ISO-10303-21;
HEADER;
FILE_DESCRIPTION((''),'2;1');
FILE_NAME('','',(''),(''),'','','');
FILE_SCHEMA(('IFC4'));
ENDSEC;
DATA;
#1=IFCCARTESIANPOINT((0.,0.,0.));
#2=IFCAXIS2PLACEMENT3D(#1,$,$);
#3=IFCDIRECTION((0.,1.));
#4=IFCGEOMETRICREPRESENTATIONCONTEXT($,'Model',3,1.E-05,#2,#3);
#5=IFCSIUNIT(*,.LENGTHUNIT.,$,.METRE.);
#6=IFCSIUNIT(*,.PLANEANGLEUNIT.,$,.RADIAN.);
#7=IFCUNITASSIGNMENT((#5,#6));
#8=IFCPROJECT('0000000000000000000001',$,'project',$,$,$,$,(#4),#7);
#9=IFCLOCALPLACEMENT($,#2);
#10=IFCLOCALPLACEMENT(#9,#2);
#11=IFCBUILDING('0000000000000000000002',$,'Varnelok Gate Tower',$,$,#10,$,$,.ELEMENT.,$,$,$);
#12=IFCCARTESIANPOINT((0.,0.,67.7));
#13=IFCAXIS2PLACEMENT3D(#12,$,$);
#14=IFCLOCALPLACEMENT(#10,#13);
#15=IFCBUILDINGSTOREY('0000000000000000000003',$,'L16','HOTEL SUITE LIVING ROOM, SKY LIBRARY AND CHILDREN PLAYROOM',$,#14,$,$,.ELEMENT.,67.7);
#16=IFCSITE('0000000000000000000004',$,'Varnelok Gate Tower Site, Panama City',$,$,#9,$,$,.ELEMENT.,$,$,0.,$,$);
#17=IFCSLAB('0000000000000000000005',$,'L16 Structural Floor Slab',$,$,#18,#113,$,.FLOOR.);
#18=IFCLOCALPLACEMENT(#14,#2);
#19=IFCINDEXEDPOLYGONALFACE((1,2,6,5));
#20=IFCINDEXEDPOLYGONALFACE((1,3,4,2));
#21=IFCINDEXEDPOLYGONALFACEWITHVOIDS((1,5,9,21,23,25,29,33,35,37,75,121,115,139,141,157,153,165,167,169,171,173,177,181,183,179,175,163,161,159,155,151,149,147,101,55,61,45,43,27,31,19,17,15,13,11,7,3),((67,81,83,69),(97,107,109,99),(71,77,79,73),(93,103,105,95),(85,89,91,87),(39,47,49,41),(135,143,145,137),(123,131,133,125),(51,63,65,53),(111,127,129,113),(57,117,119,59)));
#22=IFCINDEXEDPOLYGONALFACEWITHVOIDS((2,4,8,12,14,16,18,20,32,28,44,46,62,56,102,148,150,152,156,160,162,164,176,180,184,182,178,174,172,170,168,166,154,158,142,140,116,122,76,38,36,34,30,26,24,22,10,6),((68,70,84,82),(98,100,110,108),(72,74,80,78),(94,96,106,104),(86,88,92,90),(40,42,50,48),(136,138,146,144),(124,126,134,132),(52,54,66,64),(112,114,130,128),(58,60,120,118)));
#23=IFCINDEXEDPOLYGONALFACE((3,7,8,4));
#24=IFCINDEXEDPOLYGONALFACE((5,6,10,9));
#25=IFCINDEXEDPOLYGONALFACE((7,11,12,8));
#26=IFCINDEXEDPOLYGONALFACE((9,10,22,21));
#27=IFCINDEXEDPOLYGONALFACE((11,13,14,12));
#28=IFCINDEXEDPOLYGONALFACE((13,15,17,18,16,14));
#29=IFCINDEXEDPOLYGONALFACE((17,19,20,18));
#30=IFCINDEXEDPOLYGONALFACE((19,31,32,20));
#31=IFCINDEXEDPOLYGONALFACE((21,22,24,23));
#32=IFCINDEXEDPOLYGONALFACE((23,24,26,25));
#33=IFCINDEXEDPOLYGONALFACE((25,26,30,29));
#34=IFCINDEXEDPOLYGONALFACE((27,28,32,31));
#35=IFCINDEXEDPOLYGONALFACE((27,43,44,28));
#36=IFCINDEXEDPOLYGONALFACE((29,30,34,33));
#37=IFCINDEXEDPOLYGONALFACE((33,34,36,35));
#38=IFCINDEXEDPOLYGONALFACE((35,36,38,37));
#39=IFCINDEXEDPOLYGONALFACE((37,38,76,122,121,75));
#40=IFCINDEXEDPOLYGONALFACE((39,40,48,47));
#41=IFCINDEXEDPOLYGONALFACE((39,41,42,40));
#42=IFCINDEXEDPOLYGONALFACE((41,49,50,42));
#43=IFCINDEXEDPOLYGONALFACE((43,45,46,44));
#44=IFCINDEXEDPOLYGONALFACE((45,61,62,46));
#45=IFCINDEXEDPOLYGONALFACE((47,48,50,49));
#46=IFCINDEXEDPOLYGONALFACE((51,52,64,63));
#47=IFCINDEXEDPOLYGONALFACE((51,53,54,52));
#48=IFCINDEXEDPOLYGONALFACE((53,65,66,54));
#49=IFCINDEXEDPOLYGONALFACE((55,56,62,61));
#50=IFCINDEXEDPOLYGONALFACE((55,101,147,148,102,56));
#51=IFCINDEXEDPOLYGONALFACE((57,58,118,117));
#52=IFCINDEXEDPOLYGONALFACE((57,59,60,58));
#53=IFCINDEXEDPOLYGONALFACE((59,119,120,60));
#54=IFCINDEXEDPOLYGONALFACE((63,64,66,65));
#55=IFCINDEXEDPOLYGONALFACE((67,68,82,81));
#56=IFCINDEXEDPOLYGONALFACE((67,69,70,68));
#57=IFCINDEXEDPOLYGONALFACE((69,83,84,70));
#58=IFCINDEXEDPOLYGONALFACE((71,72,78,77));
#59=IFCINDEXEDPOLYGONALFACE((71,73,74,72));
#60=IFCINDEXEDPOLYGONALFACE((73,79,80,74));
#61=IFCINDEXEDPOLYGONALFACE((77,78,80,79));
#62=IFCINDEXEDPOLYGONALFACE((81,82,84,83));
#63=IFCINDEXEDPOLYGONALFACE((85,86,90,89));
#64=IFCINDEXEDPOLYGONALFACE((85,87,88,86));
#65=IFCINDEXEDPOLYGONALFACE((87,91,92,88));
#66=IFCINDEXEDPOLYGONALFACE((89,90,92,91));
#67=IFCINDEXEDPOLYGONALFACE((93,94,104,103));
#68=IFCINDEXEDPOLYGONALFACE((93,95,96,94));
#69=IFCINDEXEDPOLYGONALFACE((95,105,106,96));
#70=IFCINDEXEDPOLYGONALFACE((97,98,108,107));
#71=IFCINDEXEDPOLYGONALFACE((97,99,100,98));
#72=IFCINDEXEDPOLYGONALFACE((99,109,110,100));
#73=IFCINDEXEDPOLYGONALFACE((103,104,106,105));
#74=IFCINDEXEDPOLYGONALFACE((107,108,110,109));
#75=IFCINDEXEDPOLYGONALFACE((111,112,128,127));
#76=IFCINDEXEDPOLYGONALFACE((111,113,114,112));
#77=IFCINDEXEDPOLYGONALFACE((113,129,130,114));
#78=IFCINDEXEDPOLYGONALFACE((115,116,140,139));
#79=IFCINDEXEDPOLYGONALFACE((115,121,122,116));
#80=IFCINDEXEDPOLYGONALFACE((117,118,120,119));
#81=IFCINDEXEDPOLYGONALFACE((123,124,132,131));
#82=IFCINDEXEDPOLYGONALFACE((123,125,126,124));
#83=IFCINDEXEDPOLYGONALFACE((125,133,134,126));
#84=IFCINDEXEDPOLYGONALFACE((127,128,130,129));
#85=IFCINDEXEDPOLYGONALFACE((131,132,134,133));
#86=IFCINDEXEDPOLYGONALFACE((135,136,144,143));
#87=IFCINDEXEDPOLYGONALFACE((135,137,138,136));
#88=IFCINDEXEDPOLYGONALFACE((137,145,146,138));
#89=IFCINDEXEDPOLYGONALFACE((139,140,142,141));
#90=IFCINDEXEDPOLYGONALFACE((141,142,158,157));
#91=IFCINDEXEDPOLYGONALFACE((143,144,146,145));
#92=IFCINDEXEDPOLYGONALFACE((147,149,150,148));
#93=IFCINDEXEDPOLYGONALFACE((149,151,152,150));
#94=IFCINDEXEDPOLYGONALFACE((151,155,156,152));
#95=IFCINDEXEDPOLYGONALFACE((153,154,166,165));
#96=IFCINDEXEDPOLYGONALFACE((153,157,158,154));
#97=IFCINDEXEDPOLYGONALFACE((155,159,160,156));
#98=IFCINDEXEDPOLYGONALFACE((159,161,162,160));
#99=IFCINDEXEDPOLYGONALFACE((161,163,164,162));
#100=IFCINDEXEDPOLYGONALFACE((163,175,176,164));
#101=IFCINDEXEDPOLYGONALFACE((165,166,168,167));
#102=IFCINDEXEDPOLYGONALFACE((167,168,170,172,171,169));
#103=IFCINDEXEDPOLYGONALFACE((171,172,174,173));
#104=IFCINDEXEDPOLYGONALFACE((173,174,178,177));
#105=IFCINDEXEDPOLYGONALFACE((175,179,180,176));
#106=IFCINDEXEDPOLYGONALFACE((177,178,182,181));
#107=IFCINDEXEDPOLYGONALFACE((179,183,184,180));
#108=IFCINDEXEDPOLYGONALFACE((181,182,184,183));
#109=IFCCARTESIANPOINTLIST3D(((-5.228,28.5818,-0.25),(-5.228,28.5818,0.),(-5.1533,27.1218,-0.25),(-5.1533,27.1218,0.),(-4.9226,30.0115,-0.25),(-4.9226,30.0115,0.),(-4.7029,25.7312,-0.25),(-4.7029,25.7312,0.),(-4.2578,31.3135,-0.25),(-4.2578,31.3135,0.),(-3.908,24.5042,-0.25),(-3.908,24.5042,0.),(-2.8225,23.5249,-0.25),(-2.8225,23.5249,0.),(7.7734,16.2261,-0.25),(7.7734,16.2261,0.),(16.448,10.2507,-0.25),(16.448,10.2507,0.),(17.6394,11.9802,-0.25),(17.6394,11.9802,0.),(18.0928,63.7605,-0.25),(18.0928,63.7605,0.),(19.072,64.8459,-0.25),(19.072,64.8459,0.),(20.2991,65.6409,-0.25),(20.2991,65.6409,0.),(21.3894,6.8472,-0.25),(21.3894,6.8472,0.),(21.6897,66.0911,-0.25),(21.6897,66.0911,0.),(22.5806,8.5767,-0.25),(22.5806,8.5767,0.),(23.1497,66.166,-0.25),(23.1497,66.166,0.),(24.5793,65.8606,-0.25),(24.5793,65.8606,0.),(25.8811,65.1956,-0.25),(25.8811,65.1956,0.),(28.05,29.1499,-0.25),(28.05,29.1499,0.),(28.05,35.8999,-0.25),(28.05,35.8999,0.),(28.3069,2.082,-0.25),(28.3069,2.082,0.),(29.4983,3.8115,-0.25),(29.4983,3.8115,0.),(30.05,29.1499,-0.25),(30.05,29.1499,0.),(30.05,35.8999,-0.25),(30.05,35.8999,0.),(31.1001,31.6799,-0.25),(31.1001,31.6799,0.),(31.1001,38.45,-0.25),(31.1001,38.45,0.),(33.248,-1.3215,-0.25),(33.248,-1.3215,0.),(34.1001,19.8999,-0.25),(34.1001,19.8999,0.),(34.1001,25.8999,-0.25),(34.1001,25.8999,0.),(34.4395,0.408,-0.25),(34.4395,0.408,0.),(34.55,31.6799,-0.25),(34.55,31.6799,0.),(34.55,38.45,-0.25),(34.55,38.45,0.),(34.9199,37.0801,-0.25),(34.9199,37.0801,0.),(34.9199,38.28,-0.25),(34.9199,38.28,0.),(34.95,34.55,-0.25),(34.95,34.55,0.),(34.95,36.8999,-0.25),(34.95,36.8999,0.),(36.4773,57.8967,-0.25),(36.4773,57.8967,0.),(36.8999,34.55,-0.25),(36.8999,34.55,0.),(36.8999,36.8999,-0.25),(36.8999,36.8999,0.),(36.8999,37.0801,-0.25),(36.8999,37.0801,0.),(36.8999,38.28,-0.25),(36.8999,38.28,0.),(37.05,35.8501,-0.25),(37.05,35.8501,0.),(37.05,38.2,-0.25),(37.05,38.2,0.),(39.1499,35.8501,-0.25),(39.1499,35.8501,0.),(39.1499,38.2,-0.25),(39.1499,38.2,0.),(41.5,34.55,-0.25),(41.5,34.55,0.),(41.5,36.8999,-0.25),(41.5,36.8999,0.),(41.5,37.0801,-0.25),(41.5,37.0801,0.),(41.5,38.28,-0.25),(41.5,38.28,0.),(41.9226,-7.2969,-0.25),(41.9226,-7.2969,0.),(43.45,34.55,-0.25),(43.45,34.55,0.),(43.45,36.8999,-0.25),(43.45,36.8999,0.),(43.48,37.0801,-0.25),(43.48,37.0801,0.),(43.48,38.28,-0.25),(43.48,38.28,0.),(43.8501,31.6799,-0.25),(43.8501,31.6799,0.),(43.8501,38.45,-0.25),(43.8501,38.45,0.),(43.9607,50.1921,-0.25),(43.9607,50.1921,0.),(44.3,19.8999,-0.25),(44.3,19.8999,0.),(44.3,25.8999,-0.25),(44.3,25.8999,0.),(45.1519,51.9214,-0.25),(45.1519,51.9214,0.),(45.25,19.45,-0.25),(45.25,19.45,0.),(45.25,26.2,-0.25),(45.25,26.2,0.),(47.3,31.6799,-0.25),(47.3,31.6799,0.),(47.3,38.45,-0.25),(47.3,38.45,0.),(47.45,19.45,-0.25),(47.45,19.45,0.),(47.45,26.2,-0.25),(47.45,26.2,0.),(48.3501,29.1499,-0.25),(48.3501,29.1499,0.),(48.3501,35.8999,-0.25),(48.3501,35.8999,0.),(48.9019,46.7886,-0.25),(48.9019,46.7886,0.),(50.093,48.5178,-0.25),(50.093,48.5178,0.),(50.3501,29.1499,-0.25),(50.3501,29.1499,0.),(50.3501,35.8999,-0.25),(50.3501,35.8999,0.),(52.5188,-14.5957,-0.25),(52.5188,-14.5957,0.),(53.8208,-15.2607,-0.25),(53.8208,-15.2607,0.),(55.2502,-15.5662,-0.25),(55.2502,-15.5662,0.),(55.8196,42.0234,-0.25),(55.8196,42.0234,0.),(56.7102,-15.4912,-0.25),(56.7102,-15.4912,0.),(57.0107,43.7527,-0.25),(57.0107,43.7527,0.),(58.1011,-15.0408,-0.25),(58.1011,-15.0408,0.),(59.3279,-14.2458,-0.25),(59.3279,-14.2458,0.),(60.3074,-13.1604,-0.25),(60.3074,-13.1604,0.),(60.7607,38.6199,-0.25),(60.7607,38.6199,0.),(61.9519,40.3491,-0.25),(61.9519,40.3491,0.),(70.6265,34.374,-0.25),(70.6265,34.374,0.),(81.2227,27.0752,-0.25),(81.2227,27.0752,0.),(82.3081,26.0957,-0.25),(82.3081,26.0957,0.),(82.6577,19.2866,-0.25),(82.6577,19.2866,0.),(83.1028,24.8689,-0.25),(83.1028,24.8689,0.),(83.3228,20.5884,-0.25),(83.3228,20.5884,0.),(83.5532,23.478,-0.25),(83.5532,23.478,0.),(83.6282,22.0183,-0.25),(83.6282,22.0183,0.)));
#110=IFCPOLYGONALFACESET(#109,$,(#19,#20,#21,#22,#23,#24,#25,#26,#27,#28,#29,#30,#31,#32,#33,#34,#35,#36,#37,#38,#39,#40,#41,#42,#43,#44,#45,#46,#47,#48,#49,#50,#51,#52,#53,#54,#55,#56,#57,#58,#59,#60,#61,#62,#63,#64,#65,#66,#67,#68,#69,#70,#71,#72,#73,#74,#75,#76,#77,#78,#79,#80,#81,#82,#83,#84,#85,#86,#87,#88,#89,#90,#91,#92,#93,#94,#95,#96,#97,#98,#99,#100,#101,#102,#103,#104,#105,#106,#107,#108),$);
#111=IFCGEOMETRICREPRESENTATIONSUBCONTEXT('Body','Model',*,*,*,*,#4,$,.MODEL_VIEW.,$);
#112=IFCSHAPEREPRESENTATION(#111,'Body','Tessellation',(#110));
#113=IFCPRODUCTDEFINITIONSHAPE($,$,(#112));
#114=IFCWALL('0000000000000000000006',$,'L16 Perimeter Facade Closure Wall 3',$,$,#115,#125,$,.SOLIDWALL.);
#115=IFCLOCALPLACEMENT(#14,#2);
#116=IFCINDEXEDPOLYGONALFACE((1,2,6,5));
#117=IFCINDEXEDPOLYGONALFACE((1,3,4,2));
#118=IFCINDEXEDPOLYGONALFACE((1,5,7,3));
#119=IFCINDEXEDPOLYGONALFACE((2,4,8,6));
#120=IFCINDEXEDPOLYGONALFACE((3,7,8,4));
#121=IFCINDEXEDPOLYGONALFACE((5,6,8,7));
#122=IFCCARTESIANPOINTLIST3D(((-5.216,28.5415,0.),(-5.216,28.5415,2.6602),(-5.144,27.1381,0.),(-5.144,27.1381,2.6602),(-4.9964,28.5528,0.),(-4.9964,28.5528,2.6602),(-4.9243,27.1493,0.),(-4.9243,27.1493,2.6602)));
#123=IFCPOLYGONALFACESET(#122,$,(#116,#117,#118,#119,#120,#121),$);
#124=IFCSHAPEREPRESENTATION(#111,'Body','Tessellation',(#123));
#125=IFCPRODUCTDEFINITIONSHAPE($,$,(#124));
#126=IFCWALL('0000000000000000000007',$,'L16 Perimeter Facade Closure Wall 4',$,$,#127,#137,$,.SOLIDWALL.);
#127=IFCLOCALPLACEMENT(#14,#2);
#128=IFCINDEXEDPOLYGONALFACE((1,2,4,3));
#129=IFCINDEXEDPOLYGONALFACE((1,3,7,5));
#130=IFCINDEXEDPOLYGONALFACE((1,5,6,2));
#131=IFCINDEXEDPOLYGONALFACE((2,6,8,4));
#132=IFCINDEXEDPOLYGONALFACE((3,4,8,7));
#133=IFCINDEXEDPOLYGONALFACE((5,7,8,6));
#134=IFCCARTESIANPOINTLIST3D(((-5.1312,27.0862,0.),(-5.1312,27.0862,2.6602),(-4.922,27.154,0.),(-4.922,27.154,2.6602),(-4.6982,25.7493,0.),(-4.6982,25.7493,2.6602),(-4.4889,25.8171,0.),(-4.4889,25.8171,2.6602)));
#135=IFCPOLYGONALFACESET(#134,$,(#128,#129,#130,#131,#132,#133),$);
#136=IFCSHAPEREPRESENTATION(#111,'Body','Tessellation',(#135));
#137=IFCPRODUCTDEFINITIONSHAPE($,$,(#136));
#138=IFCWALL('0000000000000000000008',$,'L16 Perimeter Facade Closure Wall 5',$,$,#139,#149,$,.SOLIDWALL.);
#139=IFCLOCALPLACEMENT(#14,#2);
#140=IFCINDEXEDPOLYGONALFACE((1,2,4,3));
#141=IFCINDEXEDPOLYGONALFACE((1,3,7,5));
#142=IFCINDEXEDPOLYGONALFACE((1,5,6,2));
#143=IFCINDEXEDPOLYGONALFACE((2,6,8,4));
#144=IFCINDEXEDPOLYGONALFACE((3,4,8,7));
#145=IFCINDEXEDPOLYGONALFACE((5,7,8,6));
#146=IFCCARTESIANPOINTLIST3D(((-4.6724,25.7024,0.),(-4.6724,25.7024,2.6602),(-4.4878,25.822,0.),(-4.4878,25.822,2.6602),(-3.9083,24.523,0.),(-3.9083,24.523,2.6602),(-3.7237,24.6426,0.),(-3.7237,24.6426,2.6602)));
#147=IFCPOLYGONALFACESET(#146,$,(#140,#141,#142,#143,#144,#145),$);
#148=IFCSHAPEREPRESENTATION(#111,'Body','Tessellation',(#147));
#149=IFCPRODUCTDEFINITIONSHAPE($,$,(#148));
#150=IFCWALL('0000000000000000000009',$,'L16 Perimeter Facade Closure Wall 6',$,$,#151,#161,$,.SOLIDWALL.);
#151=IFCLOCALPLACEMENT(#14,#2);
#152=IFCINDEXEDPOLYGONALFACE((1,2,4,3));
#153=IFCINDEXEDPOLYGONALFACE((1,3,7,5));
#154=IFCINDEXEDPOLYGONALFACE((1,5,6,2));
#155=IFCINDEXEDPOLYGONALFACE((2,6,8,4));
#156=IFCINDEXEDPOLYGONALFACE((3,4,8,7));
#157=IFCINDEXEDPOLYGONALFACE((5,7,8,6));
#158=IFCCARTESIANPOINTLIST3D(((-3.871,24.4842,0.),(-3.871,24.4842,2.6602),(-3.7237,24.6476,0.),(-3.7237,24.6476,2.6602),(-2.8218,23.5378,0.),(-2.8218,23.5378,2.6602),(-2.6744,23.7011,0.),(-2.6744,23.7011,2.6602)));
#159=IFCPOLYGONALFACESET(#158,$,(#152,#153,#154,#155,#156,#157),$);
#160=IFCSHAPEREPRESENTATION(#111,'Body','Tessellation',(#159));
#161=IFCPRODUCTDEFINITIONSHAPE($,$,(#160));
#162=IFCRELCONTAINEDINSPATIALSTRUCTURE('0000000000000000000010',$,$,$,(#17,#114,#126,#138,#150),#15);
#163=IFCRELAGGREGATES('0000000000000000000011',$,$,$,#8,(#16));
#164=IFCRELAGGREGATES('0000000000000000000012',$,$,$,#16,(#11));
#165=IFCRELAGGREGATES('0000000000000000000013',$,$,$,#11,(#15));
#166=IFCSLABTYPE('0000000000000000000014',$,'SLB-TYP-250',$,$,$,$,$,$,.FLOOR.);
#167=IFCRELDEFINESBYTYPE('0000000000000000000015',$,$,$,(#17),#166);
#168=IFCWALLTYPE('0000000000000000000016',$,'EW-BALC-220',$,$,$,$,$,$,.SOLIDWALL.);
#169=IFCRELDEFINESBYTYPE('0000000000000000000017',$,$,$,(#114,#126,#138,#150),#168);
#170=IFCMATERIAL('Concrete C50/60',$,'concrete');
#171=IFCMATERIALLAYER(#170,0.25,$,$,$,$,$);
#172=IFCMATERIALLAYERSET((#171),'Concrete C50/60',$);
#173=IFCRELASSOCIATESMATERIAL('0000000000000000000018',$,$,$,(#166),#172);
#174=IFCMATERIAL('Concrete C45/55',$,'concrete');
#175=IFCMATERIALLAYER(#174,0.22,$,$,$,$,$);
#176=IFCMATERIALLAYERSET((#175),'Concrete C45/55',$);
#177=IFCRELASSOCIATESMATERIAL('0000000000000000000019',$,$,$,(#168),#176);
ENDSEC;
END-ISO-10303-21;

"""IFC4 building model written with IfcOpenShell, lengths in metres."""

from ifc_helpers import new_model, si_unit, direction, frame, frame_2d, origin, place, context, subcontext, project, spatial, polyline, rectangle, outline, extrude, material, layer, layer_set, type_object, element, save


model = new_model("IFC4")

# Units and contexts
model_context = context("Model", 3, precision=1e-05, world=origin(), true_north=direction((0.0, 1.0)))
body_context = subcontext(model_context, "Body", "Model", "MODEL_VIEW")
ifc_project = project(units=[si_unit("LENGTHUNIT", "METRE"), si_unit("PLANEANGLEUNIT", "RADIAN")], contexts=[model_context])

# Site, building, storey
site_placement = place(None, origin())
site = spatial("IfcSite", under=ifc_project, at=site_placement, Name="Varnelok Gate Tower Site, Panama City", CompositionType="ELEMENT", RefElevation=0.0)
building_placement = place(site_placement, origin())
building = spatial("IfcBuilding", under=site, at=building_placement, Name="Varnelok Gate Tower", CompositionType="ELEMENT")
storey_placement = place(building_placement, frame((0.0, 0.0, 67.7)))
storey = spatial("IfcBuildingStorey", under=building, at=storey_placement, Name="L16", Description="HOTEL SUITE LIVING ROOM, SKY LIBRARY AND CHILDREN PLAYROOM", CompositionType="ELEMENT", Elevation=67.7)

# Shared definitions
ifc_material_1 = material(Name="Concrete C45/55", Category="concrete")

# Shared definitions
ifc_material_2 = material(Name="Concrete C50/60", Category="concrete")

# Slab
ifc_layer_1 = layer(ifc_material_2, 0.25)
ifc_layer_set_1 = layer_set([ifc_layer_1], Name="Concrete C50/60")
slab_type_1 = type_object("IfcSlabType", Name="SLB-TYP-250", PredefinedType="FLOOR", material=ifc_layer_set_1)
slab_1_placement = place(storey_placement, frame((0.0, 0.0, -0.25)))
element("IfcSlab", 1, at=slab_1_placement, inside=storey, type_object=slab_type_1, Name="L16 Structural Floor Slab", PredefinedType="FLOOR", context=body_context, shape_type="SweptSolid", body=[
    extrude(outline(polyline([(-4.2578, 31.3135), (-4.9226, 30.0115), (-5.228, 28.5818), (-5.1533, 27.1218), (-4.7029, 25.7312), (-3.908, 24.5042), (-2.8225, 23.5249), (7.7734, 16.2261), (16.448, 10.2507), (17.6394, 11.9802), (22.5806, 8.5767), (21.3894, 6.8472), (28.3069, 2.082), (29.4983, 3.8115), (34.4395, 0.408), (33.248, -1.3215), (41.9226, -7.2969), (52.5188, -14.5957), (53.8208, -15.2607), (55.2502, -15.5662), (56.7102, -15.4912), (58.1011, -15.0408), (59.3279, -14.2458), (60.3074, -13.1604), (82.6577, 19.2866), (83.3228, 20.5884), (83.6282, 22.0183), (83.5532, 23.478), (83.1028, 24.8689), (82.3081, 26.0957), (81.2227, 27.0752), (70.6265, 34.374), (61.9519, 40.3491), (60.7607, 38.6199), (55.8196, 42.0234), (57.0107, 43.7527), (50.093, 48.5178), (48.9019, 46.7886), (43.9607, 50.1921), (45.1519, 51.9214), (36.4773, 57.8967), (25.8811, 65.1956), (24.5793, 65.8606), (23.1497, 66.166), (21.6897, 66.0911), (20.2991, 65.6409), (19.072, 64.8459), (18.0928, 63.7605), (-4.2578, 31.3135)]), holes=[polyline([(34.55, 31.6799), (34.55, 38.45), (31.1001, 38.45), (31.1001, 31.6799), (34.55, 31.6799)]), polyline([(47.3, 31.6799), (47.3, 38.45), (43.8501, 38.45), (43.8501, 31.6799), (47.3, 31.6799)]), polyline([(34.95, 34.55), (36.8999, 34.55), (36.8999, 36.8999), (34.95, 36.8999), (34.95, 34.55)]), polyline([(41.5, 34.55), (43.45, 34.55), (43.45, 36.8999), (41.5, 36.8999), (41.5, 34.55)]), polyline([(37.05, 35.8501), (39.1499, 35.8501), (39.1499, 38.2), (37.05, 38.2), (37.05, 35.8501)]), polyline([(28.05, 29.1499), (30.05, 29.1499), (30.05, 35.8999), (28.05, 35.8999), (28.05, 29.1499)]), polyline([(48.3501, 29.1499), (50.3501, 29.1499), (50.3501, 35.8999), (48.3501, 35.8999), (48.3501, 29.1499)]), polyline([(45.25, 19.45), (47.45, 19.45), (47.45, 26.2), (45.25, 26.2), (45.25, 19.45)]), polyline([(34.9199, 37.0801), (36.8999, 37.0801), (36.8999, 38.28), (34.9199, 38.28), (34.9199, 37.0801)]), polyline([(41.5, 37.0801), (43.48, 37.0801), (43.48, 38.28), (41.5, 38.28), (41.5, 37.0801)]), polyline([(34.1001, 19.8999), (44.3, 19.8999), (44.3, 25.8999), (34.1001, 25.8999), (34.1001, 19.8999)])]), origin(), (0.0, 0.0, 1.0), 0.25),
])

# Walls
ifc_layer_2 = layer(ifc_material_1, 0.22)
ifc_layer_set_2 = layer_set([ifc_layer_2], Name="Concrete C45/55")
wall_type_1 = type_object("IfcWallType", Name="EW-BALC-220", PredefinedType="SOLIDWALL", material=ifc_layer_set_2)
for number, where, z_axis, x_axis, name in (
    (2, (-5.1062, 28.5471, 0.0), (0.0, 0.0, 1.0), (0.051255, -0.998686, 0.0), "L16 Perimeter Facade Closure Wall 3"),
    (3, (-5.0266, 27.1201, 0.0), (0.0, 0.0, 1.0), (0.30819, -0.951325, 0.0), "L16 Perimeter Facade Closure Wall 4"),
    (4, (-4.5801, 25.7622, 0.0), (0.0, 0.0, 1.0), (0.543748, -0.839248, 0.0), "L16 Perimeter Facade Closure Wall 5"),
):
    element("IfcWall", number, at=place(storey_placement, frame(where, z_axis=z_axis, x_axis=x_axis)), inside=storey, type_object=wall_type_1, Name=name, PredefinedType="SOLIDWALL", context=body_context, shape_type="SweptSolid", body=[
        extrude(rectangle(XDim=1.4053, YDim=0.22, at=frame_2d((0.7026, 0.0))), origin(), (0.0, 0.0, 1.0), 2.6602),
    ])
wall_1_placement = place(storey_placement, frame((-3.7974, 24.5659, 0.0), z_axis=(0.0, 0.0, 1.0), x_axis=(0.742538, -0.669804, 0.0)))
element("IfcWall", 5, at=wall_1_placement, inside=storey, type_object=wall_type_1, Name="L16 Perimeter Facade Closure Wall 6", PredefinedType="SOLIDWALL", context=body_context, shape_type="SweptSolid", body=[
    extrude(rectangle(XDim=1.4131, YDim=0.22, at=frame_2d((0.7065, 0.0))), origin(), (0.0, 0.0, 1.0), 2.6602),
])

save(model, "model.ifc")
